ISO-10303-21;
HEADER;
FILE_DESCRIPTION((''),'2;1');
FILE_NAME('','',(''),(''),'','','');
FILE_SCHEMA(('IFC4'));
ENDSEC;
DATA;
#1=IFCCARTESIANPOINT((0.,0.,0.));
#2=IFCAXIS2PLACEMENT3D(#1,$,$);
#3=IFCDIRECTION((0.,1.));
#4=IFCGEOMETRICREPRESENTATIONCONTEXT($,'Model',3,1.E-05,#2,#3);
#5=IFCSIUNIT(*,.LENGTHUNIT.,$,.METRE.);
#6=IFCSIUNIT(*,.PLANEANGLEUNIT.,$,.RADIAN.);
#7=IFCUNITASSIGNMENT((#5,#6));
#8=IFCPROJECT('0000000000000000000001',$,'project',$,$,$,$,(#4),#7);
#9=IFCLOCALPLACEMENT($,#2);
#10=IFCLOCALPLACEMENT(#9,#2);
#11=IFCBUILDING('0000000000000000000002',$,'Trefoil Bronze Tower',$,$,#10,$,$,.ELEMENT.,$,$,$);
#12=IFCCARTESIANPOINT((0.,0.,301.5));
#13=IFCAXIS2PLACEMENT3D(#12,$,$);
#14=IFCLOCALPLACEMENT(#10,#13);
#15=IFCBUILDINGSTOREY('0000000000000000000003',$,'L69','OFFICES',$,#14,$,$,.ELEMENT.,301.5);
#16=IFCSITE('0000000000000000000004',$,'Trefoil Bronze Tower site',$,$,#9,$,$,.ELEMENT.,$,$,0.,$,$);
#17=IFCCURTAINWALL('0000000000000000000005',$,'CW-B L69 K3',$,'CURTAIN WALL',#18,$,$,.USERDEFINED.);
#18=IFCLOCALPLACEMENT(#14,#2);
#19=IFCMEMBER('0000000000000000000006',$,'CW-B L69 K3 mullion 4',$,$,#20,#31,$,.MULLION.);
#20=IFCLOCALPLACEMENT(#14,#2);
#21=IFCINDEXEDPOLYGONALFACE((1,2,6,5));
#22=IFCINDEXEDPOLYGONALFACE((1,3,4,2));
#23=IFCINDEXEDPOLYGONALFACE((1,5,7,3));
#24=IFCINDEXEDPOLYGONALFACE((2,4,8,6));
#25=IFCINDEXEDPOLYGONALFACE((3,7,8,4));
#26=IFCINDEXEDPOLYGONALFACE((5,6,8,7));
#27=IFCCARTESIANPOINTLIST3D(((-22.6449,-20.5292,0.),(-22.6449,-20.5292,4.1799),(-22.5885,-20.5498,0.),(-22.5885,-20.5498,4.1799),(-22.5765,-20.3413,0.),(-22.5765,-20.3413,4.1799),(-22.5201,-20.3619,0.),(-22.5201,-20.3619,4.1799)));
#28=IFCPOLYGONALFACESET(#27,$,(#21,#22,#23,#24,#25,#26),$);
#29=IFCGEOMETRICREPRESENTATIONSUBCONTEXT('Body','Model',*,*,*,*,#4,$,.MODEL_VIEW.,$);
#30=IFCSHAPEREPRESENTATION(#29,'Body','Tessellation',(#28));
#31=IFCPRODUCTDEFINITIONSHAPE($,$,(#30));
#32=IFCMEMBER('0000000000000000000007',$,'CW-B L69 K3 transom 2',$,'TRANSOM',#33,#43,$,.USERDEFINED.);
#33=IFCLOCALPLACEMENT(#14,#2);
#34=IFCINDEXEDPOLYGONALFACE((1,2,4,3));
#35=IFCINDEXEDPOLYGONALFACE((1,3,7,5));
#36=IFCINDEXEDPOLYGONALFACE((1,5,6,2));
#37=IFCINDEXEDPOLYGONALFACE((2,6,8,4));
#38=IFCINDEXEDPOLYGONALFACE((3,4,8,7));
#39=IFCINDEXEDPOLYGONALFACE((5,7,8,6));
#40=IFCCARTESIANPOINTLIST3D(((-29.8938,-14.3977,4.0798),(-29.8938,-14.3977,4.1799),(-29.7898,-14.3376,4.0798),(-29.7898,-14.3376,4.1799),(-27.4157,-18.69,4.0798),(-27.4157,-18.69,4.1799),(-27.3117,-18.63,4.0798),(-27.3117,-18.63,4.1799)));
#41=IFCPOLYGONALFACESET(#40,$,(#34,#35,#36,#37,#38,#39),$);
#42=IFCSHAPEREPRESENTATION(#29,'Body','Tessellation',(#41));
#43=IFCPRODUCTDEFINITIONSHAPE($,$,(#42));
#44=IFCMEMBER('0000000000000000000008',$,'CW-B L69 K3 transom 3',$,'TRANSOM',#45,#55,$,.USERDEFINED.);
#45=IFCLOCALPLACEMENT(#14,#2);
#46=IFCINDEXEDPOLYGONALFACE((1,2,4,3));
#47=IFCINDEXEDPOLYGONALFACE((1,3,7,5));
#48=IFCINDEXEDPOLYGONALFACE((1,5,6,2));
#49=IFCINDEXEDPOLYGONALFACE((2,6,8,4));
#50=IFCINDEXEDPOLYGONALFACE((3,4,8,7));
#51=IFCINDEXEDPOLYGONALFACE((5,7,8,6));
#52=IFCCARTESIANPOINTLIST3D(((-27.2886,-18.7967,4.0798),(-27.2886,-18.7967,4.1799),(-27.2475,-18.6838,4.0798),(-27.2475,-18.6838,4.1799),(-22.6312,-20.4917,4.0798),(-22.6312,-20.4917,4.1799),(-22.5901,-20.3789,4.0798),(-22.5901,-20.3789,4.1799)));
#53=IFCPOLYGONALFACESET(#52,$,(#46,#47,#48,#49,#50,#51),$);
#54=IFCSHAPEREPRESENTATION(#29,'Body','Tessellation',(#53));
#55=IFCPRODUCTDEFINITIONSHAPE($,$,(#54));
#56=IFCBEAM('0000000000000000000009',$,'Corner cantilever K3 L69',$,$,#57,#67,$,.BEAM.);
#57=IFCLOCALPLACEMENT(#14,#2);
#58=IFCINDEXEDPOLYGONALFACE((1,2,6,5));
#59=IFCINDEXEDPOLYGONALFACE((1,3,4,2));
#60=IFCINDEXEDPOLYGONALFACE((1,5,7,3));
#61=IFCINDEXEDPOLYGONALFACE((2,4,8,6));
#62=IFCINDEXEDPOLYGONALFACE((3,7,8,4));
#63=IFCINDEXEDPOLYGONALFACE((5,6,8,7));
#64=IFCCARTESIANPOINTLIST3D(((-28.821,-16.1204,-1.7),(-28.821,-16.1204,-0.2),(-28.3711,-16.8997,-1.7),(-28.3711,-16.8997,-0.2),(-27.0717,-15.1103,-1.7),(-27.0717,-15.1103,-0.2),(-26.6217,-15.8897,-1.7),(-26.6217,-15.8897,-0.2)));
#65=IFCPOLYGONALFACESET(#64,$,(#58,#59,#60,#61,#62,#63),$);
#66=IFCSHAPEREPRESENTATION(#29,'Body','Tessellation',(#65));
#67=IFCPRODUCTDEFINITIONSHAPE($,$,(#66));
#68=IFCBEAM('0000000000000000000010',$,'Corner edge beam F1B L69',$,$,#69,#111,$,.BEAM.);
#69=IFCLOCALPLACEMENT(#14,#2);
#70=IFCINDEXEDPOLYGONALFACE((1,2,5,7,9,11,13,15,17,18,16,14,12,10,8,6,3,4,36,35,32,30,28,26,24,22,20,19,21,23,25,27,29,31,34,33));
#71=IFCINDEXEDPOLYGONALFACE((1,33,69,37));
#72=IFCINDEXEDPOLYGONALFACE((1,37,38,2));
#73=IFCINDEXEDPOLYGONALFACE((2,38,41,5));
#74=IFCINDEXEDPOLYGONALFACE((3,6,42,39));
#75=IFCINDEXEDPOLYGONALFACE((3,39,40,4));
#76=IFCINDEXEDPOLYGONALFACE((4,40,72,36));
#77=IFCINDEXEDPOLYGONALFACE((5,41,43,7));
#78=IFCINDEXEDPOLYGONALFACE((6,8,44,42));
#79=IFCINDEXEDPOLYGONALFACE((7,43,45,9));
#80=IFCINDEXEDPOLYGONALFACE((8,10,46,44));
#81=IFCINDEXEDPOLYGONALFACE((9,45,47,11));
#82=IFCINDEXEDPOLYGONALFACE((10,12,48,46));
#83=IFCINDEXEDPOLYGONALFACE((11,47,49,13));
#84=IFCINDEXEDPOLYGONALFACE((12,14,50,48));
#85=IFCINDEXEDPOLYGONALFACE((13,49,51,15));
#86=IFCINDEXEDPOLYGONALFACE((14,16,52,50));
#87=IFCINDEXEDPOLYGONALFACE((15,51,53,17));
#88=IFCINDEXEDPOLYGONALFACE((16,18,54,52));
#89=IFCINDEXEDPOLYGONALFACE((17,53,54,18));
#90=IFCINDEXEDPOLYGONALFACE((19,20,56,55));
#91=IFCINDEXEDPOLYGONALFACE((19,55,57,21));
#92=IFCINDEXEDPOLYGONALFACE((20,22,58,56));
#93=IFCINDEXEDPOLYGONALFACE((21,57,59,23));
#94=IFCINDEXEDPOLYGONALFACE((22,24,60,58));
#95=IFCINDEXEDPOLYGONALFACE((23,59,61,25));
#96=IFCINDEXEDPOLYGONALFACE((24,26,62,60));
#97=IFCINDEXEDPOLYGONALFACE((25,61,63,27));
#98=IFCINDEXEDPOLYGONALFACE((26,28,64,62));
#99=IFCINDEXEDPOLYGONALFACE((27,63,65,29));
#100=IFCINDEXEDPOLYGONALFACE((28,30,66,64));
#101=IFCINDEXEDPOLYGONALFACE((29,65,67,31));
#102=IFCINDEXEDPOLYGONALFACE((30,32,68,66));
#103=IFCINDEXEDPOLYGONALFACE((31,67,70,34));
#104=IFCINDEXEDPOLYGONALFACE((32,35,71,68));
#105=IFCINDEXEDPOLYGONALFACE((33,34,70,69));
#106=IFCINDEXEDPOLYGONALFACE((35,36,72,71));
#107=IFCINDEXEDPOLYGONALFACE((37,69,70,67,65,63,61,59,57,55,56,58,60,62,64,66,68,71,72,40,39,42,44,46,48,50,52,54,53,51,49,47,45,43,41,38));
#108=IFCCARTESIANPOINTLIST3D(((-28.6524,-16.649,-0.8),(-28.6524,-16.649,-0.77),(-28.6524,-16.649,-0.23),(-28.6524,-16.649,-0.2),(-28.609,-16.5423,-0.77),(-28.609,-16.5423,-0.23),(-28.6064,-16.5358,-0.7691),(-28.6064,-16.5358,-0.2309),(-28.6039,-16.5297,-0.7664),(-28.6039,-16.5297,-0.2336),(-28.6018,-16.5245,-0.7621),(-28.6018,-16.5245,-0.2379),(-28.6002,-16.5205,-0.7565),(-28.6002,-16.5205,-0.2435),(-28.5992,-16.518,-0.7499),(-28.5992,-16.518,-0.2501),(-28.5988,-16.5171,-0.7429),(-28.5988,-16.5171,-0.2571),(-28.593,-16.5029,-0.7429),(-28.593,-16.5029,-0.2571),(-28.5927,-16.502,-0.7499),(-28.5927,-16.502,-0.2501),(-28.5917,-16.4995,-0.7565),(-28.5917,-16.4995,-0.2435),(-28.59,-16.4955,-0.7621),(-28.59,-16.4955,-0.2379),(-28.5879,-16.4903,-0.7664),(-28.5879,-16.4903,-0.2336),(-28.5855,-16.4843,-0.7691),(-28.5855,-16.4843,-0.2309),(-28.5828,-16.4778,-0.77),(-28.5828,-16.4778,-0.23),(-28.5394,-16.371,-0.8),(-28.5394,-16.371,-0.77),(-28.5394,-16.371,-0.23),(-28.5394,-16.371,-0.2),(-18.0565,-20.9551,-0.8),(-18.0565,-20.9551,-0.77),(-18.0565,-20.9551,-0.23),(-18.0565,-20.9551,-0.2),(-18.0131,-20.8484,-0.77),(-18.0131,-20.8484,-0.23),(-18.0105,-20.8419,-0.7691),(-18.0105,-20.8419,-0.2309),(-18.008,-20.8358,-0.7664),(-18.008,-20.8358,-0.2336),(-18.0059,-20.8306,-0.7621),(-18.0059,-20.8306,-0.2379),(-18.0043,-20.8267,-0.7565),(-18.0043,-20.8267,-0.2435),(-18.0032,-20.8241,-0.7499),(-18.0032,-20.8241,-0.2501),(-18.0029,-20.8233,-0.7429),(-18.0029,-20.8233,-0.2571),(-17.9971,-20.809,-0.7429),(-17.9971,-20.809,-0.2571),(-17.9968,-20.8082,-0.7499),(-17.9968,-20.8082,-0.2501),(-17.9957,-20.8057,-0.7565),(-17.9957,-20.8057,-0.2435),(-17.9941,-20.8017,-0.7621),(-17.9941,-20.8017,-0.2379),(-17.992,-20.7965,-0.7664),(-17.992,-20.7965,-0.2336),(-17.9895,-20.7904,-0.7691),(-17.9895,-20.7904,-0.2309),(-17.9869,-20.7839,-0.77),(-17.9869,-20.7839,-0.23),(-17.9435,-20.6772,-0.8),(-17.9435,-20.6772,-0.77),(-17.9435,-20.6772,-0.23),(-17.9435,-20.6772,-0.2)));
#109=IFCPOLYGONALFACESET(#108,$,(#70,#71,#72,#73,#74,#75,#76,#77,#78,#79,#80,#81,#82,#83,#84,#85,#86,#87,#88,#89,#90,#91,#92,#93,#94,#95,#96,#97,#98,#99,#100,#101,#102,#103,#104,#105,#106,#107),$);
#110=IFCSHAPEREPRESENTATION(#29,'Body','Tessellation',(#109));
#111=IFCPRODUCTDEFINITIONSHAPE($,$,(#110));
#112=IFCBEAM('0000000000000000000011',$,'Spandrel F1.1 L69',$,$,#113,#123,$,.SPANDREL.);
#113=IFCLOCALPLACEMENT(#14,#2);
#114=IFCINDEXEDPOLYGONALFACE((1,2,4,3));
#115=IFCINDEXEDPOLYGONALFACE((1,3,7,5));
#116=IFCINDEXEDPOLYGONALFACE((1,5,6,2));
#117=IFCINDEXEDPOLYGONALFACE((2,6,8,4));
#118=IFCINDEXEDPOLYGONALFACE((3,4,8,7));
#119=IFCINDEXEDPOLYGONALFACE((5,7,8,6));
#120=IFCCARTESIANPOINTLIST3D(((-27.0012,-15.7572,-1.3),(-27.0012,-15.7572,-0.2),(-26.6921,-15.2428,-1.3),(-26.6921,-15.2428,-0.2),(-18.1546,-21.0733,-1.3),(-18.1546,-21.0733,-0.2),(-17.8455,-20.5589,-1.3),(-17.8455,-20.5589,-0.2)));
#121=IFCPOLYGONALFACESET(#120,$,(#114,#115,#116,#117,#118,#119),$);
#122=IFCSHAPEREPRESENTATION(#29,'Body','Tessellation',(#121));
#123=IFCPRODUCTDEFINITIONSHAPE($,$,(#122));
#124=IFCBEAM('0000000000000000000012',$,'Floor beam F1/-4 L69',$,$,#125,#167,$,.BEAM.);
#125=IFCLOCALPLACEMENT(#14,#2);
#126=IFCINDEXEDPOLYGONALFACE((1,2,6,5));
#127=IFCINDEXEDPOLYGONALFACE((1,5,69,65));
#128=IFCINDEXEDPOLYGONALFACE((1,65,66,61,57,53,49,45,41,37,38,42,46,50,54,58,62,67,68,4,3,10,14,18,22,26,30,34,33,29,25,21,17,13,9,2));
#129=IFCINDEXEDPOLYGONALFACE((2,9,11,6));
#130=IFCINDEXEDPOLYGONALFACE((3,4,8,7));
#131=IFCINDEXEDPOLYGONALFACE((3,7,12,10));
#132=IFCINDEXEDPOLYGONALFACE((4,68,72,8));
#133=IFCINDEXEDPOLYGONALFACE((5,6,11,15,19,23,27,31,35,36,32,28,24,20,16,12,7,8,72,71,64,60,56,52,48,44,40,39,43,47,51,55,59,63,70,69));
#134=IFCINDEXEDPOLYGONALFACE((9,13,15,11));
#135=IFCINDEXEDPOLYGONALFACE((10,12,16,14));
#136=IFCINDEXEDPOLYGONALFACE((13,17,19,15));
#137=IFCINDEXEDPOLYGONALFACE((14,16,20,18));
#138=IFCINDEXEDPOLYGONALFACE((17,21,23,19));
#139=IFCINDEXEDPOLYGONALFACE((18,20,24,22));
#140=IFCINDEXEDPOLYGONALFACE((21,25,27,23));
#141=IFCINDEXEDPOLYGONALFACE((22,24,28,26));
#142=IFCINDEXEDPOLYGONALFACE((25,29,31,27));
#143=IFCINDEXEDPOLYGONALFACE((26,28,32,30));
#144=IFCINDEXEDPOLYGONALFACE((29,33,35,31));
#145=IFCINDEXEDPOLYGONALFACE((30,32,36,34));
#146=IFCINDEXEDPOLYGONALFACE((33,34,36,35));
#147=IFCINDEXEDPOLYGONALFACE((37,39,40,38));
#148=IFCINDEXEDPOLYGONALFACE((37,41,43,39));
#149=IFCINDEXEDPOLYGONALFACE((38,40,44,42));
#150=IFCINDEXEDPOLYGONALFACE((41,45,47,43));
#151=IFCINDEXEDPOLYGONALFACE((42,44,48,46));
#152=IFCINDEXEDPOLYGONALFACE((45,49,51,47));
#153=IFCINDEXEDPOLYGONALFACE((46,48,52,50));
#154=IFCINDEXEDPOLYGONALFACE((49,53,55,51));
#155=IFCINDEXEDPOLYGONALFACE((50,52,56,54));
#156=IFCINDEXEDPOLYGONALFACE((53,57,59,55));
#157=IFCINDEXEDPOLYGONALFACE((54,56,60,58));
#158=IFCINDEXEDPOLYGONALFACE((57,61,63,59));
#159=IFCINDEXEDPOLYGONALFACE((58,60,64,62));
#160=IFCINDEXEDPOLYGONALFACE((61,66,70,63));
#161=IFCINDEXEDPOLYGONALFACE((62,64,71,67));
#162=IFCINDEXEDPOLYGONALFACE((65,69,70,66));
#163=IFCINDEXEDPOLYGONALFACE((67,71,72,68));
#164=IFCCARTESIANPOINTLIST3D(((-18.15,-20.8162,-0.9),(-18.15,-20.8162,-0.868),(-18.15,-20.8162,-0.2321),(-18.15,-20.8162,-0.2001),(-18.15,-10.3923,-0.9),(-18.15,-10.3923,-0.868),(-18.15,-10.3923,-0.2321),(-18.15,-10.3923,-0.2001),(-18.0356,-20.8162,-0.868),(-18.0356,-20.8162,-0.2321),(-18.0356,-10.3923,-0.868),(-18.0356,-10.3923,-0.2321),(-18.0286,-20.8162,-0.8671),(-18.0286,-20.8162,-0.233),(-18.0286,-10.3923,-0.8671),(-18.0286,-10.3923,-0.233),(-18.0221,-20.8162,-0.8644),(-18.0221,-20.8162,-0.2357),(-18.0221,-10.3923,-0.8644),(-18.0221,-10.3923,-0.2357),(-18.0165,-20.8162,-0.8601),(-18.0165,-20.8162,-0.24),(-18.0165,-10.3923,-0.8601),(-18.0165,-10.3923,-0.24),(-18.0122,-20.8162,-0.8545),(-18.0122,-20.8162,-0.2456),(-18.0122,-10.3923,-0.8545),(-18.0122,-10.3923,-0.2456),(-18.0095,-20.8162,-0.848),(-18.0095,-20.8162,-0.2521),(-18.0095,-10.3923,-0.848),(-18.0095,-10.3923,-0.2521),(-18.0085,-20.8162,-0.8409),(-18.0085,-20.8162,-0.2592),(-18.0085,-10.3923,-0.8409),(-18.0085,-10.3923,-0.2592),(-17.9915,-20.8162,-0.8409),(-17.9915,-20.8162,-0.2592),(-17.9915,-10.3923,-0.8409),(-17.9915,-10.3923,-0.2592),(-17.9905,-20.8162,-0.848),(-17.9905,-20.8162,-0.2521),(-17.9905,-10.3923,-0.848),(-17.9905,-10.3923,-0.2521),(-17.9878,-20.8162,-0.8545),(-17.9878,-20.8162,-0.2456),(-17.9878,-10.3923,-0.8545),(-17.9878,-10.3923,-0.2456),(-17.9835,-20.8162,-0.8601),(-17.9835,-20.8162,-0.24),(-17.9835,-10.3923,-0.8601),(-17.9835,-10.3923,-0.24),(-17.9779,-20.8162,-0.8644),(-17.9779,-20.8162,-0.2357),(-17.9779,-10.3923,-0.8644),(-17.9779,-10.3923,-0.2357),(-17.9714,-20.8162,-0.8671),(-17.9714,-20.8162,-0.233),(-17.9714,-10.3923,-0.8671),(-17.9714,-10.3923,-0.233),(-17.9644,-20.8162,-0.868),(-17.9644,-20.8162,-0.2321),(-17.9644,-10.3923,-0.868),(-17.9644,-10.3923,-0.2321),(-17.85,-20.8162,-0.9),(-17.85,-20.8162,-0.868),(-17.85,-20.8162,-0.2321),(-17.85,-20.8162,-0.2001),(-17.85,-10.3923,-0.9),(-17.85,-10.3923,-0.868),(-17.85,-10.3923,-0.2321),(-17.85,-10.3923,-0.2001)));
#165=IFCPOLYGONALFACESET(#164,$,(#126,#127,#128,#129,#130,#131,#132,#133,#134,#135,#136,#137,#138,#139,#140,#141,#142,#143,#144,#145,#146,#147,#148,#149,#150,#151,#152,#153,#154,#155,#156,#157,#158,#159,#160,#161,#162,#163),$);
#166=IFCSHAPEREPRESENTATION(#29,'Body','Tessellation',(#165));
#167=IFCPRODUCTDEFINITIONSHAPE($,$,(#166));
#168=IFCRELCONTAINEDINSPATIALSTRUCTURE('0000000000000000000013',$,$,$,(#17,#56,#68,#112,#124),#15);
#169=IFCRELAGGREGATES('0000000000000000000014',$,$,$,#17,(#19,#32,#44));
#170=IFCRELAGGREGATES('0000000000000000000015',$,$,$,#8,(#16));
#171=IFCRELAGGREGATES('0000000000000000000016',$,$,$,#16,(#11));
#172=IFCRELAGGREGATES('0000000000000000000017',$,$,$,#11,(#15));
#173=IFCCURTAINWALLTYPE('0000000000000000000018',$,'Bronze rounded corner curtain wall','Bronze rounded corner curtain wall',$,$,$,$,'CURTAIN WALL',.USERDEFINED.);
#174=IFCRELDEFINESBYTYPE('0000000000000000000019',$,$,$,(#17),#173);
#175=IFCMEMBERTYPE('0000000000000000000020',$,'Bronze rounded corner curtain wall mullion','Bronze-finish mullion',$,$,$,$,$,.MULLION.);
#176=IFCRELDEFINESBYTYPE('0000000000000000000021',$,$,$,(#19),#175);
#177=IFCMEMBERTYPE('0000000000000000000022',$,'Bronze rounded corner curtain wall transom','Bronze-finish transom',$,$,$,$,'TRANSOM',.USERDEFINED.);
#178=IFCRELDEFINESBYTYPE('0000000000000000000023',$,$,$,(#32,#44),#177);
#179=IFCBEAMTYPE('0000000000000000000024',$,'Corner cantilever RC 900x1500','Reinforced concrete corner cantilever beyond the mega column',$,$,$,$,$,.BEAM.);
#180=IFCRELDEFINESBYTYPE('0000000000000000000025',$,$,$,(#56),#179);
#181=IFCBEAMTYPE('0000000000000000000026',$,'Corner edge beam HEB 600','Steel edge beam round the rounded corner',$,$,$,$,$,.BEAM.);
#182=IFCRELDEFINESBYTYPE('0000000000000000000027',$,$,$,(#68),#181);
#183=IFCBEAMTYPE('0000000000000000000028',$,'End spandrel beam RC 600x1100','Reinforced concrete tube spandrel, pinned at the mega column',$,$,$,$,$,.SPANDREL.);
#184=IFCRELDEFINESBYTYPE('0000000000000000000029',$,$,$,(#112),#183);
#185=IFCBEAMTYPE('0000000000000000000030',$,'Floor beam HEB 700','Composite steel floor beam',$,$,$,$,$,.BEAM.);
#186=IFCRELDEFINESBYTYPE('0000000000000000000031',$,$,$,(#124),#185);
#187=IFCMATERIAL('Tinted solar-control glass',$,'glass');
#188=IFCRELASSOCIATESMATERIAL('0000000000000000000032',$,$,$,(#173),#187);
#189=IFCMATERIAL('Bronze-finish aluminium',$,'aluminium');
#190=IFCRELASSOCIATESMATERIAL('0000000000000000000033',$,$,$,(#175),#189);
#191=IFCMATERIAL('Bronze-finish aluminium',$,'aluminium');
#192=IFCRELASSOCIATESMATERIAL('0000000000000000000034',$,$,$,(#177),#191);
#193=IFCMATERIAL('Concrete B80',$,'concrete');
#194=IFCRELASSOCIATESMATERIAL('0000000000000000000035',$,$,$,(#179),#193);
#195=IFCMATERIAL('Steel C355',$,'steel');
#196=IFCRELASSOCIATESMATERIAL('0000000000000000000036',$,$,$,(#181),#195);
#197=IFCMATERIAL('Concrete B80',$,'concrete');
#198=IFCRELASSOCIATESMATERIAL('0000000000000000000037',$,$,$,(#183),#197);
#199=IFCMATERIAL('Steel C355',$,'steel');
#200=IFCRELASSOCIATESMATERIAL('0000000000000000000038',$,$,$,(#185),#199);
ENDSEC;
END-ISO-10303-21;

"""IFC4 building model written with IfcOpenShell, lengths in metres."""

from ifc_helpers import new_model, si_unit, direction, frame, origin, origin_2d, place, context, subcontext, project, spatial, rectangle, i_section, extrude, material, material_profile, profile_set, type_object, element, aggregate, save


model = new_model("IFC4")

# Units and contexts
model_context = context("Model", 3, precision=1e-05, world=origin(), true_north=direction((0.0, 1.0)))
body_context = subcontext(model_context, "Body", "Model", "MODEL_VIEW")
ifc_project = project(units=[si_unit("LENGTHUNIT", "METRE"), si_unit("PLANEANGLEUNIT", "RADIAN")], contexts=[model_context])

# Site, building, storey
site_placement = place(None, origin())
site = spatial("IfcSite", under=ifc_project, at=site_placement, Name="Trefoil Bronze Tower site", CompositionType="ELEMENT", RefElevation=0.0)
building_placement = place(site_placement, origin())
building = spatial("IfcBuilding", under=site, at=building_placement, Name="Trefoil Bronze Tower", CompositionType="ELEMENT")
storey_placement = place(building_placement, frame((0.0, 0.0, 301.5)))
storey = spatial("IfcBuildingStorey", under=building, at=storey_placement, Name="L69", Description="OFFICES", CompositionType="ELEMENT", Elevation=301.5)

# Curtain wall, members
ifc_material_1 = material(Name="Tinted solar-control glass", Category="glass")
curtain_wall_type_1 = type_object("IfcCurtainWallType", Name="Bronze rounded corner curtain wall", Description="Bronze rounded corner curtain wall", ElementType="CURTAIN WALL", PredefinedType="USERDEFINED", material=ifc_material_1)
curtain_wall_1_placement = place(storey_placement, origin())
curtain_wall_1 = element("IfcCurtainWall", 1, at=curtain_wall_1_placement, inside=storey, type_object=curtain_wall_type_1, Name="CW-B L69 K3", ObjectType="CURTAIN WALL", PredefinedType="USERDEFINED")
ifc_material_2 = material(Name="Bronze-finish aluminium", Category="aluminium")
ifc_material_profile_1 = material_profile(ifc_material_2, rectangle(XDim=0.2, YDim=0.0601, at=origin_2d()), Name="CW-B mullion")
ifc_profile_set_1 = profile_set([ifc_material_profile_1], Name="Bronze-finish aluminium")
member_type_1 = type_object("IfcMemberType", Name="Bronze rounded corner curtain wall mullion", Description="Bronze-finish mullion", PredefinedType="MULLION", material=ifc_profile_set_1)
member_1_placement = place(storey_placement, frame((-22.5825, -20.4456, 0.0), z_axis=(0.0, 0.0, 1.0), x_axis=(0.34202, 0.939693, 0.0)))
member_1 = element("IfcMember", 2, at=member_1_placement, type_object=member_type_1, Name="CW-B L69 K3 mullion 4", PredefinedType="MULLION", context=body_context, shape_type="SweptSolid", body=[
    extrude(rectangle(XDim=0.2, YDim=0.0601, at=origin_2d()), origin(), (0.0, 0.0, 1.0), 4.1799),
])
ifc_material_3 = material(Name="Bronze-finish aluminium", Category="aluminium")
ifc_material_profile_2 = material_profile(ifc_material_3, rectangle(XDim=0.1201, YDim=0.1001, at=origin_2d()), Name="CW-B transom")
ifc_profile_set_2 = profile_set([ifc_material_profile_2], Name="Bronze-finish aluminium")
member_type_2 = type_object("IfcMemberType", Name="Bronze rounded corner curtain wall transom", Description="Bronze-finish transom", ElementType="TRANSOM", PredefinedType="USERDEFINED", material=ifc_profile_set_2)
member_2_placement = place(storey_placement, frame((-29.8418, -14.3677, 4.1299), z_axis=(0.499985, -0.866034, 0.0), x_axis=(0.866034, 0.499985, 0.0)))
member_2 = element("IfcMember", 3, at=member_2_placement, type_object=member_type_2, Name="CW-B L69 K3 transom 2", ObjectType="TRANSOM", PredefinedType="USERDEFINED", context=body_context, shape_type="SweptSolid", body=[
    extrude(rectangle(XDim=0.1201, YDim=0.1001, at=origin_2d()), origin(), (0.0, 0.0, 1.0), 4.9563),
])
member_3_placement = place(storey_placement, frame((-27.2681, -18.7402, 4.1299), z_axis=(0.9397, -0.342, 0.0), x_axis=(0.342, 0.9397, 0.0)))
member_3 = element("IfcMember", 4, at=member_3_placement, type_object=member_type_2, Name="CW-B L69 K3 transom 3", ObjectType="TRANSOM", PredefinedType="USERDEFINED", context=body_context, shape_type="SweptSolid", body=[
    extrude(rectangle(XDim=0.1201, YDim=0.1001, at=origin_2d()), origin(), (0.0, 0.0, 1.0), 4.9563),
])

# Beams
ifc_material_4 = material(Name="Concrete B80", Category="concrete")
ifc_material_profile_3 = material_profile(ifc_material_4, rectangle(XDim=0.8999, YDim=1.5, at=origin_2d()), Name="RC 900x1500")
ifc_profile_set_3 = profile_set([ifc_material_profile_3], Name="Concrete B80")
beam_type_1 = type_object("IfcBeamType", Name="Corner cantilever RC 900x1500", Description="Reinforced concrete corner cantilever beyond the mega column", PredefinedType="BEAM", material=ifc_profile_set_3)
beam_1_placement = place(storey_placement, frame((-26.8467, -15.5, -0.95), z_axis=(-0.86601, -0.500026, 0.0), x_axis=(0.500026, -0.86601, 0.0)))
element("IfcBeam", 5, at=beam_1_placement, inside=storey, type_object=beam_type_1, Name="Corner cantilever K3 L69", PredefinedType="BEAM", context=body_context, shape_type="SweptSolid", body=[
    extrude(rectangle(XDim=0.8999, YDim=1.5, at=origin_2d()), origin(), (0.0, 0.0, 1.0), 2.02),
])
ifc_material_5 = material(Name="Steel C355", Category="steel")
ifc_material_profile_4 = material_profile(ifc_material_5, i_section(OverallWidth=0.3, OverallDepth=0.6001, WebThickness=0.0154, FlangeThickness=0.03, FilletRadius=0.0271, at=origin_2d()), Name="HEB 600")
ifc_profile_set_4 = profile_set([ifc_material_profile_4], Name="Steel C355")
beam_type_2 = type_object("IfcBeamType", Name="Corner edge beam HEB 600", Description="Steel edge beam round the rounded corner", PredefinedType="BEAM", material=ifc_profile_set_4)
beam_2_placement = place(storey_placement, frame((-18.0, -20.8162, -0.5), z_axis=(-0.926419, 0.376493, 0.0), x_axis=(-0.376493, -0.926419, 0.0)))
element("IfcBeam", 6, at=beam_2_placement, inside=storey, type_object=beam_type_2, Name="Corner edge beam F1B L69", PredefinedType="BEAM", context=body_context, shape_type="SweptSolid", body=[
    extrude(i_section(OverallWidth=0.3, OverallDepth=0.6001, WebThickness=0.0154, FlangeThickness=0.03, FilletRadius=0.0271, at=origin_2d()), origin(), (0.0, 0.0, 1.0), 11.4375),
])
ifc_material_6 = material(Name="Concrete B80", Category="concrete")
ifc_material_profile_5 = material_profile(ifc_material_6, rectangle(XDim=0.6001, YDim=1.1001, at=origin_2d()), Name="RC 600x1100")
ifc_profile_set_5 = profile_set([ifc_material_profile_5], Name="Concrete B80")
beam_type_3 = type_object("IfcBeamType", Name="End spandrel beam RC 600x1100", Description="Reinforced concrete tube spandrel, pinned at the mega column", PredefinedType="SPANDREL", material=ifc_profile_set_5)
beam_3_placement = place(storey_placement, frame((-26.8467, -15.5, -0.75), z_axis=(0.857144, -0.515077, 0.0), x_axis=(0.515077, 0.857144, 0.0)))
element("IfcBeam", 7, at=beam_3_placement, inside=storey, type_object=beam_type_3, Name="Spandrel F1.1 L69", PredefinedType="SPANDREL", context=body_context, shape_type="SweptSolid", body=[
    extrude(rectangle(XDim=0.6001, YDim=1.1001, at=origin_2d()), origin(), (0.0, 0.0, 1.0), 10.321),
])
ifc_material_7 = material(Name="Steel C355", Category="steel")
ifc_material_profile_6 = material_profile(ifc_material_7, i_section(OverallWidth=0.3, OverallDepth=0.7, WebThickness=0.0171, FlangeThickness=0.032, FilletRadius=0.0271, at=origin_2d()), Name="HEB 700")
ifc_profile_set_6 = profile_set([ifc_material_profile_6], Name="Steel C355")
beam_type_4 = type_object("IfcBeamType", Name="Floor beam HEB 700", Description="Composite steel floor beam", PredefinedType="BEAM", material=ifc_profile_set_6)
beam_4_placement = place(storey_placement, frame((-18.0, -20.8162, -0.55), z_axis=(0.0, 1.0, 0.0), x_axis=(-1.0, 0.0, 0.0)))
element("IfcBeam", 8, at=beam_4_placement, inside=storey, type_object=beam_type_4, Name="Floor beam F1/-4 L69", PredefinedType="BEAM", context=body_context, shape_type="SweptSolid", body=[
    extrude(i_section(OverallWidth=0.3, OverallDepth=0.7, WebThickness=0.0171, FlangeThickness=0.032, FilletRadius=0.0271, at=origin_2d()), origin(), (0.0, 0.0, 1.0), 10.4238),
])

aggregate(curtain_wall_1, [member_1, member_2, member_3])

save(model, "model.ifc")
